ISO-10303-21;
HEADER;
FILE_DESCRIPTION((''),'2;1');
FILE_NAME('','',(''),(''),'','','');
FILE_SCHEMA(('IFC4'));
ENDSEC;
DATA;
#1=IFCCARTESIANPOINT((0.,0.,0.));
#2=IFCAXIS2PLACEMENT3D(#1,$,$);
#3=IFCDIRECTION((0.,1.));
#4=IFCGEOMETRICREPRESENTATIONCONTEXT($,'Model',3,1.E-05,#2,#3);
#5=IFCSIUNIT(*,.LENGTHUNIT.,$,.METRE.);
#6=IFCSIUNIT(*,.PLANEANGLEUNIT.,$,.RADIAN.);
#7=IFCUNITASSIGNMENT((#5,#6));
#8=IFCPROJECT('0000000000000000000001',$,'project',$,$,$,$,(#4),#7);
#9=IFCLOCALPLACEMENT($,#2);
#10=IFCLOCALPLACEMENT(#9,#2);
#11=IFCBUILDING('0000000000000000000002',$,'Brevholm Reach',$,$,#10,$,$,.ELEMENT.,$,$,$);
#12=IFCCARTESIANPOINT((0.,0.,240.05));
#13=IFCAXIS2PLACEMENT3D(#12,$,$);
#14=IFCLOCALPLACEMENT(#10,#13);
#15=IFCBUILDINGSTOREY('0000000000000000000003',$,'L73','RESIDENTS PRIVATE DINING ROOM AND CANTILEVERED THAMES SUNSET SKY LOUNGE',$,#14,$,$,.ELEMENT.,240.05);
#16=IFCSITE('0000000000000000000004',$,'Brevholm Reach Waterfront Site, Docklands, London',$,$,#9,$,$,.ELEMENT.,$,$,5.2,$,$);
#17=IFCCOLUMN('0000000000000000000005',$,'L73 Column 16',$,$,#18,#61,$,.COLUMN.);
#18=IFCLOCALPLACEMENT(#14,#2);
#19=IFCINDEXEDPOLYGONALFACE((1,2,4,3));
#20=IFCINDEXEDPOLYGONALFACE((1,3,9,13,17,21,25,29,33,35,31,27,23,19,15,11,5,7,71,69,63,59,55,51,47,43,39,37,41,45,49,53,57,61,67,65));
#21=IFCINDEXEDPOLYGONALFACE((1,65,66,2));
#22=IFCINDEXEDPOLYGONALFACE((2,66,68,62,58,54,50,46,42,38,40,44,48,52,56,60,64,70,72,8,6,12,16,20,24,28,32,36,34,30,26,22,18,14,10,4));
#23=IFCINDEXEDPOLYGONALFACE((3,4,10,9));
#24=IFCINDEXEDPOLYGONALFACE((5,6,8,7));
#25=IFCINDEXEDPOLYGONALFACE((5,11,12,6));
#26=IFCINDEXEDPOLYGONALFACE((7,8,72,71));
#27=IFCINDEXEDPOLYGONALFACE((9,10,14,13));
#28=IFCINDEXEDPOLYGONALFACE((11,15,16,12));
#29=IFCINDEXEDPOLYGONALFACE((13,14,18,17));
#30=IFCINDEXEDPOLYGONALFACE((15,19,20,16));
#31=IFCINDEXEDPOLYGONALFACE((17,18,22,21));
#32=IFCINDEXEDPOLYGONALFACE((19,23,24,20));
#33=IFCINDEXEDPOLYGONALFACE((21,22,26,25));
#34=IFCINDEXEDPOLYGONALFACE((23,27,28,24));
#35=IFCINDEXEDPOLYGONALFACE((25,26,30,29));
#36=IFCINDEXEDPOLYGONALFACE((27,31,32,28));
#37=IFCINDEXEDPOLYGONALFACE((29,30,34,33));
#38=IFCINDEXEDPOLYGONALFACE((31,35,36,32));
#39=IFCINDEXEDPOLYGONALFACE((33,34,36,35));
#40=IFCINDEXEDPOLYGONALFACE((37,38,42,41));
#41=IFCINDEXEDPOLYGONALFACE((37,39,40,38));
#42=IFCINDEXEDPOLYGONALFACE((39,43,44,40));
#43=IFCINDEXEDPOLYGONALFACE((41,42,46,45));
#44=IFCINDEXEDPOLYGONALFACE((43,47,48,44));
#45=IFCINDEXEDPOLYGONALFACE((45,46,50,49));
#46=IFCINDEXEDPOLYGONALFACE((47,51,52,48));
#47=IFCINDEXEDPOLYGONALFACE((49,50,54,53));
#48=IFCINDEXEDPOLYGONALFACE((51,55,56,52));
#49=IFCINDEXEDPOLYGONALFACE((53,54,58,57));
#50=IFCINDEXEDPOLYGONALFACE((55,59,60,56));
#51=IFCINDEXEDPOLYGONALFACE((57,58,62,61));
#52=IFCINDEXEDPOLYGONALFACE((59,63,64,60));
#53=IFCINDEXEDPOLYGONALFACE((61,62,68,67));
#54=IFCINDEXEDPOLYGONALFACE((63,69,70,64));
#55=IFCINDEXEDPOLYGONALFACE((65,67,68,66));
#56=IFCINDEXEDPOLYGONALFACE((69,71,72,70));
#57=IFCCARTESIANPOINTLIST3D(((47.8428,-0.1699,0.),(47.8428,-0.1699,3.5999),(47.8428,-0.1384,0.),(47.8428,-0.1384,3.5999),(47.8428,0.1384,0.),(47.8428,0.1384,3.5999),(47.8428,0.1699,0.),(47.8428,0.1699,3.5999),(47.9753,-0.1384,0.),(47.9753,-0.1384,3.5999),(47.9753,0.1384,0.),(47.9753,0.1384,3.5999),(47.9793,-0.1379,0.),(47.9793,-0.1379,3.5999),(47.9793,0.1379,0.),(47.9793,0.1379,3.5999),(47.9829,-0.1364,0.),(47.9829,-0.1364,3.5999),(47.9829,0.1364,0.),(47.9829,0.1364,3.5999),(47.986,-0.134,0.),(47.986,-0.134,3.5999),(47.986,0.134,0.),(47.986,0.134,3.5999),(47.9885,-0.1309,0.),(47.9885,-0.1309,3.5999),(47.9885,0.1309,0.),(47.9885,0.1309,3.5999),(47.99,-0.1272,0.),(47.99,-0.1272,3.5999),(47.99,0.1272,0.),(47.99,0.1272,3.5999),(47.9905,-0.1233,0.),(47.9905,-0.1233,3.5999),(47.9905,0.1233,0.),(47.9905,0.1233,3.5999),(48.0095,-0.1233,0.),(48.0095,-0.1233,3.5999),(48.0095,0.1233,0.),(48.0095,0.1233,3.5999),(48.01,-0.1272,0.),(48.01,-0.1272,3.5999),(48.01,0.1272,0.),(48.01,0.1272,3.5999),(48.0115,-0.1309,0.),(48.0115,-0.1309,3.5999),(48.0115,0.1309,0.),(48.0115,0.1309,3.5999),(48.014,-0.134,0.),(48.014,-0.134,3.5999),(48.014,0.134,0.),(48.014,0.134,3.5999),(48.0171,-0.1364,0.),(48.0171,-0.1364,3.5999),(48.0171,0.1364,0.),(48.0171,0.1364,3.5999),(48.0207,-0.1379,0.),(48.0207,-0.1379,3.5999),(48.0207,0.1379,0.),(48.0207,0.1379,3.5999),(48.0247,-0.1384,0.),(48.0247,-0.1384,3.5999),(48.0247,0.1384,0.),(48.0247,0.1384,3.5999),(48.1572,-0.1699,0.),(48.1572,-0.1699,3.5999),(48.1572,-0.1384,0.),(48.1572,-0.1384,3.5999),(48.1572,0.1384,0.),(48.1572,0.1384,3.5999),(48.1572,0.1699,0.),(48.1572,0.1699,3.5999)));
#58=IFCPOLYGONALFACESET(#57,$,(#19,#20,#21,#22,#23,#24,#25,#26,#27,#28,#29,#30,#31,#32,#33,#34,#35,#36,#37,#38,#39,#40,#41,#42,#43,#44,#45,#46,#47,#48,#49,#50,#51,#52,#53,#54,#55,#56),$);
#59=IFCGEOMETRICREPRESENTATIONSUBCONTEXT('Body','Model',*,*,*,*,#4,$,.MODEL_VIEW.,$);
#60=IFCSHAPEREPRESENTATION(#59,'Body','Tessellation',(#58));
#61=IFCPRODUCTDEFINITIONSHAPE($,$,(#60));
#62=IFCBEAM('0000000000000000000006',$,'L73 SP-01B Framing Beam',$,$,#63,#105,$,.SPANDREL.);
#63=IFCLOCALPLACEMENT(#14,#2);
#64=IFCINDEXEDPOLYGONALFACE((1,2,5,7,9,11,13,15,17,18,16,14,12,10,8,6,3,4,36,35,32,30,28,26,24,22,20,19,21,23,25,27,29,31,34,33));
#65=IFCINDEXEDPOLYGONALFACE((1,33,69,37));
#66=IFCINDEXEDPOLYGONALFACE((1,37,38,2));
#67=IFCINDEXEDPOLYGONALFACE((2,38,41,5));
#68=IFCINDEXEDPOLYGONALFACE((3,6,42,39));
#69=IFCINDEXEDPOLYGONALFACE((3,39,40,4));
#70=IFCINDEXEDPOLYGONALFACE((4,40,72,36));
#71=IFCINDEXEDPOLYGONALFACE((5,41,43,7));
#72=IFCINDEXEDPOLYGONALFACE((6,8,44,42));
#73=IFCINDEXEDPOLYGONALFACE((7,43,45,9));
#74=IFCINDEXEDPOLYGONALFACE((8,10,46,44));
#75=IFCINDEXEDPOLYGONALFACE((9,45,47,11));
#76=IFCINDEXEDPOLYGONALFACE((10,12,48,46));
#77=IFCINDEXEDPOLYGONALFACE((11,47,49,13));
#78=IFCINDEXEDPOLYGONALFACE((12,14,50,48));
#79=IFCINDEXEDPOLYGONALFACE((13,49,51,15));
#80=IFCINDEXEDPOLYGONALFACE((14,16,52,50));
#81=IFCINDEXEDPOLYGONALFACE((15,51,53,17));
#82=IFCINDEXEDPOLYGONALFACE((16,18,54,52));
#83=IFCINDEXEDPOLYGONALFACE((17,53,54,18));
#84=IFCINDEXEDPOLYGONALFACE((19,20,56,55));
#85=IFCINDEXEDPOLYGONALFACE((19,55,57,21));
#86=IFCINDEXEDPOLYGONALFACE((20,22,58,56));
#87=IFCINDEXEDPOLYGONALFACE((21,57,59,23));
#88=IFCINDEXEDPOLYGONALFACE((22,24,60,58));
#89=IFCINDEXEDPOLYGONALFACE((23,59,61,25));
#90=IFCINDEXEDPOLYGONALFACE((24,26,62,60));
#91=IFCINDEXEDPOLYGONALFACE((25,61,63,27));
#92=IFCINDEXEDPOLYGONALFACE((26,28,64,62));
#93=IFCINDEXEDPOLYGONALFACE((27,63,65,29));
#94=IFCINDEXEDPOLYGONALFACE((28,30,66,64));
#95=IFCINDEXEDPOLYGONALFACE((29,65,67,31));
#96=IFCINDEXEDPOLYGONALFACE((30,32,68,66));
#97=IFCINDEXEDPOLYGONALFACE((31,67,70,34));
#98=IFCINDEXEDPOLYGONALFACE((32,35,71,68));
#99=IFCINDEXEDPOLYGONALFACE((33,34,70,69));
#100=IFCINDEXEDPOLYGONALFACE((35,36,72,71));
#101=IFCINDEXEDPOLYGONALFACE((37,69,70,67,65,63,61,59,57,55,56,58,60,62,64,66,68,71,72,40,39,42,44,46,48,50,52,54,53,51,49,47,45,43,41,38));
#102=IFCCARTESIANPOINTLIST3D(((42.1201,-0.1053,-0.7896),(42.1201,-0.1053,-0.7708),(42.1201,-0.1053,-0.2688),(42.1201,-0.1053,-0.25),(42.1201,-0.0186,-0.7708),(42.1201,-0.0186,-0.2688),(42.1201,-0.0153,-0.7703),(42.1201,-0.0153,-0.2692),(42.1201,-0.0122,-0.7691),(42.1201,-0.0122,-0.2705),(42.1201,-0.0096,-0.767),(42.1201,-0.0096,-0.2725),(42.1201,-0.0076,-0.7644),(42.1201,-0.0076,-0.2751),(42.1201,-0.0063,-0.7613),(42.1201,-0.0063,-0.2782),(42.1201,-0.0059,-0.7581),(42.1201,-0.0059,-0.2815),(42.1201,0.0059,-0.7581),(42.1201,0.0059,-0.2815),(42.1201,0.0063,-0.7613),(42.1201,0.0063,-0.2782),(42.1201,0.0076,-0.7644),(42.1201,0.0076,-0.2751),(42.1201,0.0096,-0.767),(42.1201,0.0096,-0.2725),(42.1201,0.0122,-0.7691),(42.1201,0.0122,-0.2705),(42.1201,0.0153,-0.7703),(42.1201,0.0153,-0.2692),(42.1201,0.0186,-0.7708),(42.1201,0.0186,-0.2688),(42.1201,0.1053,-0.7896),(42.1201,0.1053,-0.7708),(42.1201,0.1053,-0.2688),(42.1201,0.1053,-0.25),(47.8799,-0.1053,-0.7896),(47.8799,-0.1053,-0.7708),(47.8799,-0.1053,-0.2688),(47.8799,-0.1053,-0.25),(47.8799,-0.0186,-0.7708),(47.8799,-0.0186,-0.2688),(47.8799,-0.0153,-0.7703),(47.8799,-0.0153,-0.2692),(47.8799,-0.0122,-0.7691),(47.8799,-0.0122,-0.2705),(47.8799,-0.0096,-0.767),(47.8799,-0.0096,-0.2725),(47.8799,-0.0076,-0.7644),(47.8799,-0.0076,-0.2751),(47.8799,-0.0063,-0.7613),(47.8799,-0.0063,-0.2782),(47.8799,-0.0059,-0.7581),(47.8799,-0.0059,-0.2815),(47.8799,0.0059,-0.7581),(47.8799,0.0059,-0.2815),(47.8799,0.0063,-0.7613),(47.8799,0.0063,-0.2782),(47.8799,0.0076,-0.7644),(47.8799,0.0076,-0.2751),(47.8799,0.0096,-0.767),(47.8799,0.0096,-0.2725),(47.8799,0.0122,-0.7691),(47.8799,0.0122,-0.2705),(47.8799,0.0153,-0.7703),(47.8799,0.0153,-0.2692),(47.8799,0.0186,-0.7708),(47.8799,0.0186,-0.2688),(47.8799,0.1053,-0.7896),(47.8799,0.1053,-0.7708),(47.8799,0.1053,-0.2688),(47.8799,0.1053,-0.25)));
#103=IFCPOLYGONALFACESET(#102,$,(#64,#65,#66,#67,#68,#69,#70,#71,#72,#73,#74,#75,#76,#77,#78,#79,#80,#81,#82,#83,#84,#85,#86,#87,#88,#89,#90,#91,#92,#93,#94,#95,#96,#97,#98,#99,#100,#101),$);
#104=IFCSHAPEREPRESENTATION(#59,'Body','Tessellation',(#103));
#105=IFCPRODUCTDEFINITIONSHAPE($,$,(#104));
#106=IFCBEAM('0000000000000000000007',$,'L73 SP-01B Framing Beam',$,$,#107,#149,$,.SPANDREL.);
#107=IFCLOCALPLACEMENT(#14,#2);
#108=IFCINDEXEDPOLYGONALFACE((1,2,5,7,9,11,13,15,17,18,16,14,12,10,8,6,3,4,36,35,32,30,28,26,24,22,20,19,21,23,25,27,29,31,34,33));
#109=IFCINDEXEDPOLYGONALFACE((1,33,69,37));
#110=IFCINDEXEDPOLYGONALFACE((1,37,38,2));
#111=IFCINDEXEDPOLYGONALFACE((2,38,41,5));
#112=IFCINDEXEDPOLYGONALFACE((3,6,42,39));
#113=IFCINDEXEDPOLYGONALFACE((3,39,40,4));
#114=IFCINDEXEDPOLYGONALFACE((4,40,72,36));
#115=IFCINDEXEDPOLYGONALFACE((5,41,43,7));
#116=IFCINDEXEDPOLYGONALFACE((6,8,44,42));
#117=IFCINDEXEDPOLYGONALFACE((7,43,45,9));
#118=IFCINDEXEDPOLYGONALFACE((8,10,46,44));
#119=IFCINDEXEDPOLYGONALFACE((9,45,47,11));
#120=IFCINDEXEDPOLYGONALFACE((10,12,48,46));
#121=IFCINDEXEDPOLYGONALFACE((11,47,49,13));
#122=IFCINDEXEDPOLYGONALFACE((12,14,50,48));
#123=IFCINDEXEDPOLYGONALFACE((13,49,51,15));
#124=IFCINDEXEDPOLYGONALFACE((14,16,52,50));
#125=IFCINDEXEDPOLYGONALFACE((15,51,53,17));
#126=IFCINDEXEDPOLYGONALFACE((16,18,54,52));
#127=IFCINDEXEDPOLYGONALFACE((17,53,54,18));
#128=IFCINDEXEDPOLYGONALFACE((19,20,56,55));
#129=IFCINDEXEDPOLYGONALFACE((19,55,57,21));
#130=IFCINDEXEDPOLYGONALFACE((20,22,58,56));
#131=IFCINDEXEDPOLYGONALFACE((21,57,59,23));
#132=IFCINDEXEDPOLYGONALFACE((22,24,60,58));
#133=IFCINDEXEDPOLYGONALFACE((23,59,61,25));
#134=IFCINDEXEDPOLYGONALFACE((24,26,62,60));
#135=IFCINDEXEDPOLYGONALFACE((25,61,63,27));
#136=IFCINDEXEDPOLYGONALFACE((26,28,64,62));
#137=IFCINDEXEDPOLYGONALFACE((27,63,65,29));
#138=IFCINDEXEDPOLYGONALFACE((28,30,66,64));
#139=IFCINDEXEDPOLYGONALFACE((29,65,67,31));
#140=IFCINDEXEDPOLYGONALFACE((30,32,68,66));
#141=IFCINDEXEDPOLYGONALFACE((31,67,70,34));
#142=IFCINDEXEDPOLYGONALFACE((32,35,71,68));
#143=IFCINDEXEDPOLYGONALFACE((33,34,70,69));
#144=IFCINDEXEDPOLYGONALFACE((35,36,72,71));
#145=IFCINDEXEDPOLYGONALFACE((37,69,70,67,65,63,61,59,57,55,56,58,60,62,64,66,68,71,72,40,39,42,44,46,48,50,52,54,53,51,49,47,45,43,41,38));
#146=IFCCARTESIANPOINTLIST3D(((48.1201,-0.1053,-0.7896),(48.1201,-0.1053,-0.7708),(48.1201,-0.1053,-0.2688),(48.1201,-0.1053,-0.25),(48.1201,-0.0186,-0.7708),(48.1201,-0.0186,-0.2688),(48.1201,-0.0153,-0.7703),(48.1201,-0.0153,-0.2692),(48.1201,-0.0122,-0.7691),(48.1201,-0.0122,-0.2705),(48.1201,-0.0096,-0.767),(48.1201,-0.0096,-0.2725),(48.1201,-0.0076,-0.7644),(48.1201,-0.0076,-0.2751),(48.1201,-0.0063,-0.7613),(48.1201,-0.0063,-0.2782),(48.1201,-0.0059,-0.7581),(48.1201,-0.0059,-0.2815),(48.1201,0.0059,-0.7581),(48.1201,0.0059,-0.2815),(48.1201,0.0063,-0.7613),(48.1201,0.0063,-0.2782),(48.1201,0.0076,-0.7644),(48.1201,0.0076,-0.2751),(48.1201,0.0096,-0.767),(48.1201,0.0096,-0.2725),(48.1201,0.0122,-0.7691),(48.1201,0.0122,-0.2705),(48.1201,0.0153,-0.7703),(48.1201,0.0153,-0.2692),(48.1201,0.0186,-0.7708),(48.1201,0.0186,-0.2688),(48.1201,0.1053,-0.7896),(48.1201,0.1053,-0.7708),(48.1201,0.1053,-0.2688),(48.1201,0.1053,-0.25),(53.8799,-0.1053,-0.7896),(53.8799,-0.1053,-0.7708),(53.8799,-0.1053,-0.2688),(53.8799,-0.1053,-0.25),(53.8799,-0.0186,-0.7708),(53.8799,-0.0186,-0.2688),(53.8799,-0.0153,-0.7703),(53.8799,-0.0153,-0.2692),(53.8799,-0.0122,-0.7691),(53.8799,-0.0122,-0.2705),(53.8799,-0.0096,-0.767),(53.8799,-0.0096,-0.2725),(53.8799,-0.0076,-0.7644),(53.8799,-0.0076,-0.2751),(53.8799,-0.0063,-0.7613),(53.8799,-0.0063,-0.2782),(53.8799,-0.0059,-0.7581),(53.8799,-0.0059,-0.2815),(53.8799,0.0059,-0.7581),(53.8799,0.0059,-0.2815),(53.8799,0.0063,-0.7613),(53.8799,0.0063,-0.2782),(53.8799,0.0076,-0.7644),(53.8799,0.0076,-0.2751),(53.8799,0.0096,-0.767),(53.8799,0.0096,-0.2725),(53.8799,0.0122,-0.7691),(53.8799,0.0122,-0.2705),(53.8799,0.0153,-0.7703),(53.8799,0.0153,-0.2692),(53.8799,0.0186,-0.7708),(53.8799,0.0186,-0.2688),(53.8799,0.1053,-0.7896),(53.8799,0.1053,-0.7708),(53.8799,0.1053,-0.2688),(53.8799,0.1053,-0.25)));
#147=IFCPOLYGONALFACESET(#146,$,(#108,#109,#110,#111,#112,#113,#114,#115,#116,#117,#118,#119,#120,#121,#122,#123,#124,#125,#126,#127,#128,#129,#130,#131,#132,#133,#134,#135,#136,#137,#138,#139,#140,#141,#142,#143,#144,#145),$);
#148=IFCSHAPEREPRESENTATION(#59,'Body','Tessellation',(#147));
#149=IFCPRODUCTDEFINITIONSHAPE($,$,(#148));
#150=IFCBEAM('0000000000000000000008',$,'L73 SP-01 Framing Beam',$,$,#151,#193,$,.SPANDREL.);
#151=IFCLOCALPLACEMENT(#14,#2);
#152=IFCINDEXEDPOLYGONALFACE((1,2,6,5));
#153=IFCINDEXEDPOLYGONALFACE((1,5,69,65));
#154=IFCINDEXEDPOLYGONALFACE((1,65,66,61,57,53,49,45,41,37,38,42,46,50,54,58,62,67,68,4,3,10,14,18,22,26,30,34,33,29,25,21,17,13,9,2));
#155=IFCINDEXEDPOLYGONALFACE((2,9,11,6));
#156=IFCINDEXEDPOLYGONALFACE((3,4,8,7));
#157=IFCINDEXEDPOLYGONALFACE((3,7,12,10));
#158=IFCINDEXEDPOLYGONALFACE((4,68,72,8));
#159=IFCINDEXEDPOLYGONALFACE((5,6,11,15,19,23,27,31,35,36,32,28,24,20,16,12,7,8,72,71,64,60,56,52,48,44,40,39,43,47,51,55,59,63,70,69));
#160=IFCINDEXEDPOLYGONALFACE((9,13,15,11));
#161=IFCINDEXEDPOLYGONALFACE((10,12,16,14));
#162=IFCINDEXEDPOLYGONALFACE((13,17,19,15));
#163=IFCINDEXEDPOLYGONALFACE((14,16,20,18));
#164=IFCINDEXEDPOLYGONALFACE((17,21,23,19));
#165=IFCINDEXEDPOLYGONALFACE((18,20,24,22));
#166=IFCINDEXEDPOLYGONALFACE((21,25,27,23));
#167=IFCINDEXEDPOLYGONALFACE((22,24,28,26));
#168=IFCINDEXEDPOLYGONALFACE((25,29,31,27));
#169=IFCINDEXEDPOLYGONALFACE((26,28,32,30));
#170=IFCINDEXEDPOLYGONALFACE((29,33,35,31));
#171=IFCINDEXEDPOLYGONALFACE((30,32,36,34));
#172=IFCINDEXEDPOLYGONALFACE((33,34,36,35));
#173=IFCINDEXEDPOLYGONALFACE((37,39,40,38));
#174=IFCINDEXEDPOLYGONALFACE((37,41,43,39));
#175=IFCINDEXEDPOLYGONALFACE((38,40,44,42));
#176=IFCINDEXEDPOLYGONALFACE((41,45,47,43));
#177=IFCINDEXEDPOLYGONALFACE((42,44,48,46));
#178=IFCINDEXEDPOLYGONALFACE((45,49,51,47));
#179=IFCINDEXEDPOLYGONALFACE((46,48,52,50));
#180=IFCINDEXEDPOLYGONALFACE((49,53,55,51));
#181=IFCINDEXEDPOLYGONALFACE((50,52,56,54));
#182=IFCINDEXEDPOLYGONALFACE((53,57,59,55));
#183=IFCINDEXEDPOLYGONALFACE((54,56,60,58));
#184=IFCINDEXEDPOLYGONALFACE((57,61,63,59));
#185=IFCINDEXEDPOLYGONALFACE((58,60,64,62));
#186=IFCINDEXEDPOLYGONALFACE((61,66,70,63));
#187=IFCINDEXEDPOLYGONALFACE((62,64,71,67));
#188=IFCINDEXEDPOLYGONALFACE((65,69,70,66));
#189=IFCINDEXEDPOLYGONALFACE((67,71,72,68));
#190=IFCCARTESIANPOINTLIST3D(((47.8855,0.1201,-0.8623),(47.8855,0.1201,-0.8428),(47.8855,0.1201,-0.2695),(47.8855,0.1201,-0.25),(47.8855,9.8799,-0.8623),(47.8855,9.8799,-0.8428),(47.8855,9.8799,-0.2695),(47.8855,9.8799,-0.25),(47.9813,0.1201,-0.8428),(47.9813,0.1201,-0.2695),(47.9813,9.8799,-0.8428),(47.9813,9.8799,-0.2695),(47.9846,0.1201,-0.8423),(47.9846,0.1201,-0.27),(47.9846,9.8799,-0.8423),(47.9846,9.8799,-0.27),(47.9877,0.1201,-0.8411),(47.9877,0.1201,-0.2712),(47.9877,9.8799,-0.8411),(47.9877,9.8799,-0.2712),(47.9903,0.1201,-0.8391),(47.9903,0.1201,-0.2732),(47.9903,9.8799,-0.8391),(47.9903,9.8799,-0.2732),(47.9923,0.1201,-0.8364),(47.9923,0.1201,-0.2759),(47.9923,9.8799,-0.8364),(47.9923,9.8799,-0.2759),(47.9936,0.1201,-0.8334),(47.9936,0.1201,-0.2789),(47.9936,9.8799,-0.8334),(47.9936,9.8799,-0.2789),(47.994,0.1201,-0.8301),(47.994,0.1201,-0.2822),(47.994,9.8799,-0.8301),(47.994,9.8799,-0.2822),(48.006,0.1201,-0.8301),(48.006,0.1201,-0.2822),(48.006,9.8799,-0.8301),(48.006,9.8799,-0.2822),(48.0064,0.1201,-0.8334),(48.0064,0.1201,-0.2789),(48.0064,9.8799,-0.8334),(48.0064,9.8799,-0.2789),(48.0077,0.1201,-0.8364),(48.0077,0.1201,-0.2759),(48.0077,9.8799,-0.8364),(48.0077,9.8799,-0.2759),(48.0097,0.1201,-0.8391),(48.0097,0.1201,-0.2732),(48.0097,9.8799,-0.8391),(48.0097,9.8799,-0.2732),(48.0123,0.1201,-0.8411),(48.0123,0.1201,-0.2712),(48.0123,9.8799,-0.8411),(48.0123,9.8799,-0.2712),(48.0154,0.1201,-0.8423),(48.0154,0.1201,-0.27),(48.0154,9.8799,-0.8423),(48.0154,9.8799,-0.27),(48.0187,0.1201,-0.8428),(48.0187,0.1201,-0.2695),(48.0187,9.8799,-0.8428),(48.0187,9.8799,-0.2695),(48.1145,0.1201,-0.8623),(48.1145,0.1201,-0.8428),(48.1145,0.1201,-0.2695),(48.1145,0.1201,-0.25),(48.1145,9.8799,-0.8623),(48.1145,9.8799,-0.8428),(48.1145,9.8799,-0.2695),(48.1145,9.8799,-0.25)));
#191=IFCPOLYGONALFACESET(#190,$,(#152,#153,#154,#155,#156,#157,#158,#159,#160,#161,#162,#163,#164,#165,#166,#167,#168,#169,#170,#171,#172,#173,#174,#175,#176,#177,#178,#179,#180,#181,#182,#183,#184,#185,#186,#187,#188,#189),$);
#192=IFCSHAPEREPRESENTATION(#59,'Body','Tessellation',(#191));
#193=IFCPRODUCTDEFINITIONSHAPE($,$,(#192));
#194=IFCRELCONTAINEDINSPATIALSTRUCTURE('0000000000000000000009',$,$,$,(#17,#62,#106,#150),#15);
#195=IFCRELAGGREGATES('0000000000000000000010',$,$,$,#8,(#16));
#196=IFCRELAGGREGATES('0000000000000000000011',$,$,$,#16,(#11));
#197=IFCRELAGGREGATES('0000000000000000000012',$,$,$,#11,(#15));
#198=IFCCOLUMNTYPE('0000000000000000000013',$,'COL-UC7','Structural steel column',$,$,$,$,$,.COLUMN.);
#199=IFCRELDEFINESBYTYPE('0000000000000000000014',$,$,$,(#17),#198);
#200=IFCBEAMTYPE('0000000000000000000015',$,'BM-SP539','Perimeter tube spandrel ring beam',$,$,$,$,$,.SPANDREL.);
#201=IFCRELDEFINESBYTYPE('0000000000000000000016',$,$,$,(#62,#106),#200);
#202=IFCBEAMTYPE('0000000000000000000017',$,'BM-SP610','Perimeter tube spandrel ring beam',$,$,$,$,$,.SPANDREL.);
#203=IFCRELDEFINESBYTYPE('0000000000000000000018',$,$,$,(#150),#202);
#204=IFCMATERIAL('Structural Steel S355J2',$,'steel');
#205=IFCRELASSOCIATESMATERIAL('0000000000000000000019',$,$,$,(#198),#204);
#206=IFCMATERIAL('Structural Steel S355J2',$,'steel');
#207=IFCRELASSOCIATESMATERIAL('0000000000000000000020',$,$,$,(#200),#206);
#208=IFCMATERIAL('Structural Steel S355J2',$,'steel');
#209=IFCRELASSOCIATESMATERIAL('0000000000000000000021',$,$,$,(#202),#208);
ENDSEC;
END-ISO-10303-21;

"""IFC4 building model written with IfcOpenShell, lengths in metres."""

from ifc_helpers import new_model, si_unit, direction, frame, origin, origin_2d, place, context, subcontext, project, spatial, i_section, extrude, material, material_profile, profile_set, type_object, element, save


model = new_model("IFC4")

# Units and contexts
model_context = context("Model", 3, precision=1e-05, world=origin(), true_north=direction((0.0, 1.0)))
body_context = subcontext(model_context, "Body", "Model", "MODEL_VIEW")
ifc_project = project(units=[si_unit("LENGTHUNIT", "METRE"), si_unit("PLANEANGLEUNIT", "RADIAN")], contexts=[model_context])

# Site, building, storey
site_placement = place(None, origin())
site = spatial("IfcSite", under=ifc_project, at=site_placement, Name="Brevholm Reach Waterfront Site, Docklands, London", CompositionType="ELEMENT", RefElevation=5.2)
building_placement = place(site_placement, origin())
building = spatial("IfcBuilding", under=site, at=building_placement, Name="Brevholm Reach", CompositionType="ELEMENT")
storey_placement = place(building_placement, frame((0.0, 0.0, 240.05)))
storey = spatial("IfcBuildingStorey", under=building, at=storey_placement, Name="L73", Description="RESIDENTS PRIVATE DINING ROOM AND CANTILEVERED THAMES SUNSET SKY LOUNGE", CompositionType="ELEMENT", Elevation=240.05)

# Column
ifc_material_1 = material(Name="Structural Steel S355J2", Category="steel")
ifc_material_profile_1 = material_profile(ifc_material_1, i_section(OverallWidth=0.3145, OverallDepth=0.3398, WebThickness=0.019, FlangeThickness=0.0315, FilletRadius=0.0151, at=origin_2d()), Name="UKC 305x305x198")
ifc_profile_set_1 = profile_set([ifc_material_profile_1], Name="Structural Steel S355J2")
column_type = type_object("IfcColumnType", Name="COL-UC7", Description="Structural steel column", PredefinedType="COLUMN", material=ifc_profile_set_1)
column_placement = place(storey_placement, frame((48.0, 0.0, 0.0), z_axis=(0.0, 0.0, 1.0), x_axis=(1.0, 0.0, 0.0)))
element("IfcColumn", 1, at=column_placement, inside=storey, type_object=column_type, Name="L73 Column 16", PredefinedType="COLUMN", context=body_context, shape_type="SweptSolid", body=[
    extrude(i_section(OverallWidth=0.3145, OverallDepth=0.3398, WebThickness=0.019, FlangeThickness=0.0315, FilletRadius=0.0151, at=origin_2d()), origin(), (0.0, 0.0, 1.0), 3.5999),
])

# Beams
ifc_material_2 = material(Name="Structural Steel S355J2", Category="steel")
ifc_material_profile_2 = material_profile(ifc_material_2, i_section(OverallWidth=0.2107, OverallDepth=0.5396, WebThickness=0.0117, FlangeThickness=0.0188, FilletRadius=0.0127, at=origin_2d()), Name="UKB 533x210x109")
ifc_profile_set_2 = profile_set([ifc_material_profile_2], Name="Structural Steel S355J2")
beam_type_1 = type_object("IfcBeamType", Name="BM-SP539", Description="Perimeter tube spandrel ring beam", PredefinedType="SPANDREL", material=ifc_profile_set_2)
for number, where, z_axis, x_axis, name in (
    (2, (42.1201, 0.0, -0.5198), (1.0, 0.0, 0.0), (0.0, 1.0, 0.0), "L73 SP-01B Framing Beam"),
    (3, (48.1201, 0.0, -0.5198), (1.0, 0.0, 0.0), (0.0, 1.0, 0.0), "L73 SP-01B Framing Beam"),
):
    element("IfcBeam", number, at=place(storey_placement, frame(where, z_axis=z_axis, x_axis=x_axis)), inside=storey, type_object=beam_type_1, Name=name, PredefinedType="SPANDREL", context=body_context, shape_type="SweptSolid", body=[
        extrude(i_section(OverallWidth=0.2107, OverallDepth=0.5396, WebThickness=0.0117, FlangeThickness=0.0188, FilletRadius=0.0127, at=origin_2d()), origin(), (0.0, 0.0, 1.0), 5.7598),
    ])
ifc_material_3 = material(Name="Structural Steel S355J2", Category="steel")
ifc_material_profile_3 = material_profile(ifc_material_3, i_section(OverallWidth=0.229, OverallDepth=0.6123, WebThickness=0.012, FlangeThickness=0.0195, FilletRadius=0.0127, at=origin_2d()), Name="UKB 610x229x125")
ifc_profile_set_3 = profile_set([ifc_material_profile_3], Name="Structural Steel S355J2")
beam_type_2 = type_object("IfcBeamType", Name="BM-SP610", Description="Perimeter tube spandrel ring beam", PredefinedType="SPANDREL", material=ifc_profile_set_3)
beam_placement = place(storey_placement, frame((48.0, 0.1201, -0.5562), z_axis=(0.0, 1.0, 0.0), x_axis=(-1.0, 0.0, 0.0)))
element("IfcBeam", 4, at=beam_placement, inside=storey, type_object=beam_type_2, Name="L73 SP-01 Framing Beam", PredefinedType="SPANDREL", context=body_context, shape_type="SweptSolid", body=[
    extrude(i_section(OverallWidth=0.229, OverallDepth=0.6123, WebThickness=0.012, FlangeThickness=0.0195, FilletRadius=0.0127, at=origin_2d()), origin(), (0.0, 0.0, 1.0), 9.7598),
])

save(model, "model.ifc")
